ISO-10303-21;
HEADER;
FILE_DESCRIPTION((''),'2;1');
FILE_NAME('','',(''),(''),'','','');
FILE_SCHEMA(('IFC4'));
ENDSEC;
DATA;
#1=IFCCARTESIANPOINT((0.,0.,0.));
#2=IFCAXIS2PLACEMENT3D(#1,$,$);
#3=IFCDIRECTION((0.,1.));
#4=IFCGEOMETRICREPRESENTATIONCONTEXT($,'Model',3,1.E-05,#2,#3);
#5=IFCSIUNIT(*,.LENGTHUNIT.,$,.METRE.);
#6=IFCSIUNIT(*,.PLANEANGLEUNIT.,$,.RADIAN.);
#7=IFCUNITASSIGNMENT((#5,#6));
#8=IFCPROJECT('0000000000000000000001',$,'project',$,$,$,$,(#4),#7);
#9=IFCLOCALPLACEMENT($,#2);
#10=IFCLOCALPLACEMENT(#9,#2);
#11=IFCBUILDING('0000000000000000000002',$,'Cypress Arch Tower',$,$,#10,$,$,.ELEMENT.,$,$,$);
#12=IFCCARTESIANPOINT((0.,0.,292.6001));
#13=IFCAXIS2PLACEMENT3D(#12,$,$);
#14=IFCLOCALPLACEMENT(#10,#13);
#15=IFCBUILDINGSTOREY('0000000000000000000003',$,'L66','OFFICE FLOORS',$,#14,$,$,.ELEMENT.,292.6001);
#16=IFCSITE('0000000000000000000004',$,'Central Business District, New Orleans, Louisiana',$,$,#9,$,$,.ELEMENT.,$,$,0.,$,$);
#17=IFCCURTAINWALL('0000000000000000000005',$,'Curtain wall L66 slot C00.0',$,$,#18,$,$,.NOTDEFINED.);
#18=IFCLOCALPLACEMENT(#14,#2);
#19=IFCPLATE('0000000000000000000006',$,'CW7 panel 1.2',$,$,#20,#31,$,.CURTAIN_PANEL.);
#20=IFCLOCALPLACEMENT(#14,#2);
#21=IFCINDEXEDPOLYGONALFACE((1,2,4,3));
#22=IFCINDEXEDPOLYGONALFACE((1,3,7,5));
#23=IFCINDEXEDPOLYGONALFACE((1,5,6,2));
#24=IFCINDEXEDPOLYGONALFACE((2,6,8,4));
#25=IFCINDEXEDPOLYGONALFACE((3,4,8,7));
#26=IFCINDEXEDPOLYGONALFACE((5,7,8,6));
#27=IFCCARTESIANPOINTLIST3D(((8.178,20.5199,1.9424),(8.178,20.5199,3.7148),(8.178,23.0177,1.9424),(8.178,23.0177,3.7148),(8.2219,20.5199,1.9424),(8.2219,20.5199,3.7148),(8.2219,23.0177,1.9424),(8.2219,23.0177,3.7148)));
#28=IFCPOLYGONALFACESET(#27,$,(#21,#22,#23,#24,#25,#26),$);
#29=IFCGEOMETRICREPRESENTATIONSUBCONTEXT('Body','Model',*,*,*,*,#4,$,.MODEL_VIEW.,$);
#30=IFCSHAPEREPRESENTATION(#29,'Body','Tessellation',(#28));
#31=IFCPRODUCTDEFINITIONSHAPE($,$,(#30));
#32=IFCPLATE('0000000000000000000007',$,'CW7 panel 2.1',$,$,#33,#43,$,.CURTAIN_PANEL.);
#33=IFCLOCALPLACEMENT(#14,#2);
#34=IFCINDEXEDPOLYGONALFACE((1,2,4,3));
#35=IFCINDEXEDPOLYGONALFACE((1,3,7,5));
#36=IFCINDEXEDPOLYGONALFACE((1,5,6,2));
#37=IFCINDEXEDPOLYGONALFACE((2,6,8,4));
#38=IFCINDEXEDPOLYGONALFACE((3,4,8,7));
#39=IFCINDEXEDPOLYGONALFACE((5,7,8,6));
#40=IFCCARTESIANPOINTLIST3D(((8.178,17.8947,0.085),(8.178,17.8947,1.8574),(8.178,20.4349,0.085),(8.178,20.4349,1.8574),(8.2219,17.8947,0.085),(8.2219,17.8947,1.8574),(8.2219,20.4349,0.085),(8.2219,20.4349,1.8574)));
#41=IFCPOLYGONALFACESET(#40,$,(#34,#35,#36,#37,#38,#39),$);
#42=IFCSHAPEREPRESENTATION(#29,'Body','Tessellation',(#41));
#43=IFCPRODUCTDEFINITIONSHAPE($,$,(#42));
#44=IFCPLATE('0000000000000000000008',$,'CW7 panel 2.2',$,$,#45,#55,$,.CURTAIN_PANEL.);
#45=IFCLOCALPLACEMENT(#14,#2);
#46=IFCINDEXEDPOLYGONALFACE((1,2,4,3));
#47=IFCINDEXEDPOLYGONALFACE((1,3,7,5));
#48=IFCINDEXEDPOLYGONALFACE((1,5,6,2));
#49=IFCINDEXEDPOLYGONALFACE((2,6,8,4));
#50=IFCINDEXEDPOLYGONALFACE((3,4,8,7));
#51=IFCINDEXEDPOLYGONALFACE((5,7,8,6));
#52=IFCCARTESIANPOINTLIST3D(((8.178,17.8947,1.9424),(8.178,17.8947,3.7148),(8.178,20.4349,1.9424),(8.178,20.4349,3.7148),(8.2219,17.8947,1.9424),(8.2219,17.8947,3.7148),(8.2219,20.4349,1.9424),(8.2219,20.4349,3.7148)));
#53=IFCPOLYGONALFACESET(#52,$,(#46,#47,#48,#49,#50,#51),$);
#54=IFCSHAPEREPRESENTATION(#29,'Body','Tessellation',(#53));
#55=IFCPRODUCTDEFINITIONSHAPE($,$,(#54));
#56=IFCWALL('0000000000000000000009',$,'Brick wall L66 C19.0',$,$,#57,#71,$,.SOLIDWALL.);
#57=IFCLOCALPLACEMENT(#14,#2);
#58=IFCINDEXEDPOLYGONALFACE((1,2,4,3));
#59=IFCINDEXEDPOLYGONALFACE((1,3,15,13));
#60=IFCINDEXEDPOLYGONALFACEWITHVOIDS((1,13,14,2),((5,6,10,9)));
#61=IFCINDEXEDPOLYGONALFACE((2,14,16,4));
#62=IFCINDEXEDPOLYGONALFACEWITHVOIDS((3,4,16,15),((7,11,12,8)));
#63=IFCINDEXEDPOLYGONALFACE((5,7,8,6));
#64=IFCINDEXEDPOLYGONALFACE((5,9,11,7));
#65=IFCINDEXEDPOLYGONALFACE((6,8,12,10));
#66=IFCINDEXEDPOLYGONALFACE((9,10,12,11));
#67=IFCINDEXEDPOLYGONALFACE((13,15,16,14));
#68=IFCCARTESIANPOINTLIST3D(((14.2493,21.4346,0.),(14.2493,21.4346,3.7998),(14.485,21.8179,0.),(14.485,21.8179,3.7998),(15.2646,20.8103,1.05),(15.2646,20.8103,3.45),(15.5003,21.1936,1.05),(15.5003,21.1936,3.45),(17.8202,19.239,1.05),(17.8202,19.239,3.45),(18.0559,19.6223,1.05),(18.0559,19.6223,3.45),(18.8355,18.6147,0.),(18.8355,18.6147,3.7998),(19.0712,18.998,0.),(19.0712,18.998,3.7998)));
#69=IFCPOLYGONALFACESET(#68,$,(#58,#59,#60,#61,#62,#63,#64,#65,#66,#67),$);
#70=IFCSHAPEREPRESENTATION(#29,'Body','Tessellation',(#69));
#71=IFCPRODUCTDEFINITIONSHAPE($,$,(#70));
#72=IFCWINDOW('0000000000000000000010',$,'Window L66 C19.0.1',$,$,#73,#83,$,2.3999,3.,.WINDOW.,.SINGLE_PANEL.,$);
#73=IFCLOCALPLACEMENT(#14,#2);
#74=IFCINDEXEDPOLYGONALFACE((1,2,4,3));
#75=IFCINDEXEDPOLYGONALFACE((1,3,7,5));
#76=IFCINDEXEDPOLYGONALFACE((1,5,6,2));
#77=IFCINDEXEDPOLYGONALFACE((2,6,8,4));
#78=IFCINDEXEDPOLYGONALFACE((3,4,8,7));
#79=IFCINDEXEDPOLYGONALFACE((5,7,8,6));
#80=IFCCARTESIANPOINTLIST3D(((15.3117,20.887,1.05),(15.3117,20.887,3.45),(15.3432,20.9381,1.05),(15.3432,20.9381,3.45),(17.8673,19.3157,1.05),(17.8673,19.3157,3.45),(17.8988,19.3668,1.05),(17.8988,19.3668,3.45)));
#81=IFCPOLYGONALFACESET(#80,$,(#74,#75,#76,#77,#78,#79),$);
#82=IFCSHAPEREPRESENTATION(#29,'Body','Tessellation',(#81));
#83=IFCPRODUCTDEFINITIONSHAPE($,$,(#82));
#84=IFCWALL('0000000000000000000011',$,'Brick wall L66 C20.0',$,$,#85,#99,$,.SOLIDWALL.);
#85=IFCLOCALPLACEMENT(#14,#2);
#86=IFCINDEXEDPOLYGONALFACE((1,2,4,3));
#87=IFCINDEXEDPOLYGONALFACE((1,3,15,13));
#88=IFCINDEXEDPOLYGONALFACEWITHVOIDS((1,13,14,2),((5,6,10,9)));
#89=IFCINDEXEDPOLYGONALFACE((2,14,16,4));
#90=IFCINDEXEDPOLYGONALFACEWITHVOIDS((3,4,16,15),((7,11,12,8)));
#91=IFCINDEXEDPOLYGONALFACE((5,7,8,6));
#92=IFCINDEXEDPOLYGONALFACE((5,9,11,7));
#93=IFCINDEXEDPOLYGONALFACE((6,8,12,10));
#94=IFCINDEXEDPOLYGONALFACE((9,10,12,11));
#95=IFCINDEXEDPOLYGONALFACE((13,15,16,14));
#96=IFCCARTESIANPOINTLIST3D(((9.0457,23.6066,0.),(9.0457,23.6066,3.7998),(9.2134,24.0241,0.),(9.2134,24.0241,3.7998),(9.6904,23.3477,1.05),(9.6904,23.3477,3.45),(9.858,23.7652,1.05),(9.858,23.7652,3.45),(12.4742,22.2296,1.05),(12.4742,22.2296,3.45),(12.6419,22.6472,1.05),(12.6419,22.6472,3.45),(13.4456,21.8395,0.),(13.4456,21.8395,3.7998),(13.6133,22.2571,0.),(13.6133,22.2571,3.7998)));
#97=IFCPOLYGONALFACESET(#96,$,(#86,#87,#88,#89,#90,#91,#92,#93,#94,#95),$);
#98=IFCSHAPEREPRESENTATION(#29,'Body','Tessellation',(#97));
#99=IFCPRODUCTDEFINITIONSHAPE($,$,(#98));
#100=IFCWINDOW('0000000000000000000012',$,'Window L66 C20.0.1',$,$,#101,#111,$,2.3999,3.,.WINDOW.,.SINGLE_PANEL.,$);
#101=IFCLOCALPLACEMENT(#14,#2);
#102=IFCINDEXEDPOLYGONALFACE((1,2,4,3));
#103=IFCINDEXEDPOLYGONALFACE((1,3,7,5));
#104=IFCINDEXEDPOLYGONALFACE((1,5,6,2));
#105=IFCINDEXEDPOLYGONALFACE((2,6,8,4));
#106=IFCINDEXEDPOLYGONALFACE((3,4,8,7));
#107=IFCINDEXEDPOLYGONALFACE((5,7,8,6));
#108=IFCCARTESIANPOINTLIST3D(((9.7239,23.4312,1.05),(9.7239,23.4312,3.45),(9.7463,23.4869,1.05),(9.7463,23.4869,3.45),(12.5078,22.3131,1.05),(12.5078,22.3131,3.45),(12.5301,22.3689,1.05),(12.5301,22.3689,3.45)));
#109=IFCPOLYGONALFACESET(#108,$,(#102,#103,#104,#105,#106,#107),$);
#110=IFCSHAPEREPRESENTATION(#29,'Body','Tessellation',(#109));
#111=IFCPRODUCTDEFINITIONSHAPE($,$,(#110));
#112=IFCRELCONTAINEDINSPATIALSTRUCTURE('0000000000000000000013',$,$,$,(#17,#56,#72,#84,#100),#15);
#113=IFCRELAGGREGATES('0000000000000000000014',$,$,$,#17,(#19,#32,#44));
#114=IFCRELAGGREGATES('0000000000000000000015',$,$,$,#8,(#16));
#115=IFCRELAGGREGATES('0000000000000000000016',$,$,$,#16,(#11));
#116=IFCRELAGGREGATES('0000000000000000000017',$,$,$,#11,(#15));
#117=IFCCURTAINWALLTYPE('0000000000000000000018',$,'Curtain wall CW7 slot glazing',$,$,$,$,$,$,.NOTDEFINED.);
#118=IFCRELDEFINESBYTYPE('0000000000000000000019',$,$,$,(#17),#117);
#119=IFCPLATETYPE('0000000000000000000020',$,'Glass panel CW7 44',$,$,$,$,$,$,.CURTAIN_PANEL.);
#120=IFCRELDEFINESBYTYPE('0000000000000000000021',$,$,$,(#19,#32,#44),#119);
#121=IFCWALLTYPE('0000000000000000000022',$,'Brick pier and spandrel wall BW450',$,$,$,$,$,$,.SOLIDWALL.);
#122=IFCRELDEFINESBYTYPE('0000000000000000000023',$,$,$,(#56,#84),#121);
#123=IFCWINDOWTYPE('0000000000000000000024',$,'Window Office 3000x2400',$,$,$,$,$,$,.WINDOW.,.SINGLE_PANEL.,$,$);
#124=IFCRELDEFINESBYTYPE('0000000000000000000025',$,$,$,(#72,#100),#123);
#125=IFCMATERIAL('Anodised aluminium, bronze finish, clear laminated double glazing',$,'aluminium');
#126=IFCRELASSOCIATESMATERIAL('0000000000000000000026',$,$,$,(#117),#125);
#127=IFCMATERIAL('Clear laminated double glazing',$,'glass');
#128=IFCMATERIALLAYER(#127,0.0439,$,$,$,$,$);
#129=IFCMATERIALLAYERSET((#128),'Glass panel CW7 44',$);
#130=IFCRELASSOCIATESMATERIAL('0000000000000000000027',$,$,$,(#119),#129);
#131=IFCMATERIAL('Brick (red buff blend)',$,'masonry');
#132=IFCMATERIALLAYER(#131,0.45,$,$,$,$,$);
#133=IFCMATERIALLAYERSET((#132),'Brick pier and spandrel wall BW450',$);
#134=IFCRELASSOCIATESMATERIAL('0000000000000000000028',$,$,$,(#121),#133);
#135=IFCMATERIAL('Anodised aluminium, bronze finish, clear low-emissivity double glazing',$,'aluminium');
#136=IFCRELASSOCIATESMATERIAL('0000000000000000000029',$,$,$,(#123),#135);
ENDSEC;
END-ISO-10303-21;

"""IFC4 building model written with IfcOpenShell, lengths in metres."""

from ifc_helpers import new_model, si_unit, direction, frame, frame_2d, origin, origin_2d, place, context, subcontext, project, spatial, rectangle, extrude, material, layer, layer_set, type_object, element, fill, aggregate, save


model = new_model("IFC4")

# Units and contexts
model_context = context("Model", 3, precision=1e-05, world=origin(), true_north=direction((0.0, 1.0)))
body_context = subcontext(model_context, "Body", "Model", "MODEL_VIEW")
ifc_project = project(units=[si_unit("LENGTHUNIT", "METRE"), si_unit("PLANEANGLEUNIT", "RADIAN")], contexts=[model_context])

# Site, building, storey
site_placement = place(None, origin())
site = spatial("IfcSite", under=ifc_project, at=site_placement, Name="Central Business District, New Orleans, Louisiana", CompositionType="ELEMENT", RefElevation=0.0)
building_placement = place(site_placement, origin())
building = spatial("IfcBuilding", under=site, at=building_placement, Name="Cypress Arch Tower", CompositionType="ELEMENT")
storey_placement = place(building_placement, frame((0.0, 0.0, 292.6001)))
storey = spatial("IfcBuildingStorey", under=building, at=storey_placement, Name="L66", Description="OFFICE FLOORS", CompositionType="ELEMENT", Elevation=292.6001)

# Curtain wall
ifc_material_1 = material(Name="Anodised aluminium, bronze finish, clear laminated double glazing", Category="aluminium")
curtain_wall_type = type_object("IfcCurtainWallType", Name="Curtain wall CW7 slot glazing", PredefinedType="NOTDEFINED", material=ifc_material_1)
curtain_wall_placement = place(storey_placement, origin())
curtain_wall = element("IfcCurtainWall", 1, at=curtain_wall_placement, inside=storey, type_object=curtain_wall_type, Name="Curtain wall L66 slot C00.0", PredefinedType="NOTDEFINED")

# Plates
ifc_material_2 = material(Name="Clear laminated double glazing", Category="glass")
ifc_layer_1 = layer(ifc_material_2, 0.0439)
ifc_layer_set_1 = layer_set([ifc_layer_1], Name="Glass panel CW7 44")
plate_type = type_object("IfcPlateType", Name="Glass panel CW7 44", PredefinedType="CURTAIN_PANEL", material=ifc_layer_set_1)
plate_1_placement = place(storey_placement, frame((8.2, 21.7688, 1.9424), z_axis=(0.0, 0.0, 1.0), x_axis=(0.0, -1.0, 0.0)))
plate_1 = element("IfcPlate", 2, at=plate_1_placement, type_object=plate_type, Name="CW7 panel 1.2", PredefinedType="CURTAIN_PANEL", context=body_context, shape_type="SweptSolid", body=[
    extrude(rectangle(XDim=2.4978, YDim=0.0439, at=origin_2d()), origin(), (0.0, 0.0, 1.0), 1.7725),
])
plate_2_placement = place(storey_placement, frame((8.2, 19.1648, 0.085), z_axis=(0.0, 0.0, 1.0), x_axis=(0.0, -1.0, 0.0)))
plate_2 = element("IfcPlate", 3, at=plate_2_placement, type_object=plate_type, Name="CW7 panel 2.1", PredefinedType="CURTAIN_PANEL", context=body_context, shape_type="SweptSolid", body=[
    extrude(rectangle(XDim=2.5403, YDim=0.0439, at=origin_2d()), origin(), (0.0, 0.0, 1.0), 1.7725),
])
plate_3_placement = place(storey_placement, frame((8.2, 19.1648, 1.9424), z_axis=(0.0, 0.0, 1.0), x_axis=(0.0, -1.0, 0.0)))
plate_3 = element("IfcPlate", 4, at=plate_3_placement, type_object=plate_type, Name="CW7 panel 2.2", PredefinedType="CURTAIN_PANEL", context=body_context, shape_type="SweptSolid", body=[
    extrude(rectangle(XDim=2.5403, YDim=0.0439, at=origin_2d()), origin(), (0.0, 0.0, 1.0), 1.7725),
])
aggregate(curtain_wall, [plate_1, plate_2, plate_3])

# Walls, openings, windows
ifc_material_3 = material(Name="Brick (red buff blend)", Category="masonry")
ifc_layer_2 = layer(ifc_material_3, 0.45)
ifc_layer_set_2 = layer_set([ifc_layer_2], Name="Brick pier and spandrel wall BW450")
wall_type = type_object("IfcWallType", Name="Brick pier and spandrel wall BW450", PredefinedType="SOLIDWALL", material=ifc_layer_set_2)
wall_1_placement = place(storey_placement, frame((18.9534, 18.8064, 0.0), z_axis=(0.0, 0.0, 1.0), x_axis=(-0.851861, 0.523768, 0.0)))
wall_1 = element("IfcWall", 5, at=wall_1_placement, inside=storey, type_object=wall_type, Name="Brick wall L66 C19.0", PredefinedType="SOLIDWALL", context=body_context, shape_type="SweptSolid", body=[
    extrude(rectangle(XDim=5.3838, YDim=0.45, at=frame_2d((2.6919, 0.0))), origin(), (0.0, 0.0, 1.0), 3.7998),
])
opening_1_placement = place(wall_1_placement, frame((1.1919, 0.0, 1.05)))
opening_1 = element("IfcOpeningElement", 6, at=opening_1_placement, cuts=wall_1, PredefinedType="OPENING", context=body_context, shape_type="SweptSolid", body=[
    extrude(rectangle(XDim=3.0, YDim=2.3999, at=frame_2d((1.5, 1.2))), frame((0.0, 0.2349, 0.0), z_axis=(0.0, -1.0, 0.0), x_axis=(1.0, 0.0, 0.0)), (0.0, 0.0, 1.0), 0.47),
])
ifc_material_4 = material(Name="Anodised aluminium, bronze finish, clear low-emissivity double glazing", Category="aluminium")
window_type = type_object("IfcWindowType", Name="Window Office 3000x2400", PartitioningType="SINGLE_PANEL", PredefinedType="WINDOW", material=ifc_material_4)
window_1_placement = place(opening_1_placement, origin())
window_1 = element("IfcWindow", 7, at=window_1_placement, inside=storey, type_object=window_type, Name="Window L66 C19.0.1", OverallHeight=2.3999, OverallWidth=3.0, PartitioningType="SINGLE_PANEL", PredefinedType="WINDOW", context=body_context, shape_type="SweptSolid", body=[
    extrude(rectangle(XDim=3.0, YDim=2.3999, at=frame_2d((1.5, 1.2))), frame((0.0, 0.135, 0.0), z_axis=(0.0, -1.0, 0.0), x_axis=(1.0, 0.0, 0.0)), (0.0, 0.0, 1.0), 0.0601),
])
fill(opening_1, window_1)
wall_2_placement = place(storey_placement, frame((13.5293, 22.0483, 0.0), z_axis=(0.0, 0.0, 1.0), x_axis=(-0.927957, 0.372686, 0.0)))
wall_2 = element("IfcWall", 8, at=wall_2_placement, inside=storey, type_object=wall_type, Name="Brick wall L66 C20.0", PredefinedType="SOLIDWALL", context=body_context, shape_type="SweptSolid", body=[
    extrude(rectangle(XDim=4.7415, YDim=0.45, at=frame_2d((2.3706, 0.0))), origin(), (0.0, 0.0, 1.0), 3.7998),
])
opening_2_placement = place(wall_2_placement, frame((1.0466, 0.0, 1.05)))
opening_2 = element("IfcOpeningElement", 9, at=opening_2_placement, cuts=wall_2, PredefinedType="OPENING", context=body_context, shape_type="SweptSolid", body=[
    extrude(rectangle(XDim=3.0, YDim=2.3999, at=frame_2d((1.5, 1.2))), frame((0.0, 0.2349, 0.0), z_axis=(0.0, -1.0, 0.0), x_axis=(1.0, 0.0, 0.0)), (0.0, 0.0, 1.0), 0.47),
])
window_2_placement = place(opening_2_placement, origin())
window_2 = element("IfcWindow", 10, at=window_2_placement, inside=storey, type_object=window_type, Name="Window L66 C20.0.1", OverallHeight=2.3999, OverallWidth=3.0, PartitioningType="SINGLE_PANEL", PredefinedType="WINDOW", context=body_context, shape_type="SweptSolid", body=[
    extrude(rectangle(XDim=3.0, YDim=2.3999, at=frame_2d((1.5, 1.2))), frame((0.0, 0.135, 0.0), z_axis=(0.0, -1.0, 0.0), x_axis=(1.0, 0.0, 0.0)), (0.0, 0.0, 1.0), 0.0601),
])
fill(opening_2, window_2)

save(model, "model.ifc")
